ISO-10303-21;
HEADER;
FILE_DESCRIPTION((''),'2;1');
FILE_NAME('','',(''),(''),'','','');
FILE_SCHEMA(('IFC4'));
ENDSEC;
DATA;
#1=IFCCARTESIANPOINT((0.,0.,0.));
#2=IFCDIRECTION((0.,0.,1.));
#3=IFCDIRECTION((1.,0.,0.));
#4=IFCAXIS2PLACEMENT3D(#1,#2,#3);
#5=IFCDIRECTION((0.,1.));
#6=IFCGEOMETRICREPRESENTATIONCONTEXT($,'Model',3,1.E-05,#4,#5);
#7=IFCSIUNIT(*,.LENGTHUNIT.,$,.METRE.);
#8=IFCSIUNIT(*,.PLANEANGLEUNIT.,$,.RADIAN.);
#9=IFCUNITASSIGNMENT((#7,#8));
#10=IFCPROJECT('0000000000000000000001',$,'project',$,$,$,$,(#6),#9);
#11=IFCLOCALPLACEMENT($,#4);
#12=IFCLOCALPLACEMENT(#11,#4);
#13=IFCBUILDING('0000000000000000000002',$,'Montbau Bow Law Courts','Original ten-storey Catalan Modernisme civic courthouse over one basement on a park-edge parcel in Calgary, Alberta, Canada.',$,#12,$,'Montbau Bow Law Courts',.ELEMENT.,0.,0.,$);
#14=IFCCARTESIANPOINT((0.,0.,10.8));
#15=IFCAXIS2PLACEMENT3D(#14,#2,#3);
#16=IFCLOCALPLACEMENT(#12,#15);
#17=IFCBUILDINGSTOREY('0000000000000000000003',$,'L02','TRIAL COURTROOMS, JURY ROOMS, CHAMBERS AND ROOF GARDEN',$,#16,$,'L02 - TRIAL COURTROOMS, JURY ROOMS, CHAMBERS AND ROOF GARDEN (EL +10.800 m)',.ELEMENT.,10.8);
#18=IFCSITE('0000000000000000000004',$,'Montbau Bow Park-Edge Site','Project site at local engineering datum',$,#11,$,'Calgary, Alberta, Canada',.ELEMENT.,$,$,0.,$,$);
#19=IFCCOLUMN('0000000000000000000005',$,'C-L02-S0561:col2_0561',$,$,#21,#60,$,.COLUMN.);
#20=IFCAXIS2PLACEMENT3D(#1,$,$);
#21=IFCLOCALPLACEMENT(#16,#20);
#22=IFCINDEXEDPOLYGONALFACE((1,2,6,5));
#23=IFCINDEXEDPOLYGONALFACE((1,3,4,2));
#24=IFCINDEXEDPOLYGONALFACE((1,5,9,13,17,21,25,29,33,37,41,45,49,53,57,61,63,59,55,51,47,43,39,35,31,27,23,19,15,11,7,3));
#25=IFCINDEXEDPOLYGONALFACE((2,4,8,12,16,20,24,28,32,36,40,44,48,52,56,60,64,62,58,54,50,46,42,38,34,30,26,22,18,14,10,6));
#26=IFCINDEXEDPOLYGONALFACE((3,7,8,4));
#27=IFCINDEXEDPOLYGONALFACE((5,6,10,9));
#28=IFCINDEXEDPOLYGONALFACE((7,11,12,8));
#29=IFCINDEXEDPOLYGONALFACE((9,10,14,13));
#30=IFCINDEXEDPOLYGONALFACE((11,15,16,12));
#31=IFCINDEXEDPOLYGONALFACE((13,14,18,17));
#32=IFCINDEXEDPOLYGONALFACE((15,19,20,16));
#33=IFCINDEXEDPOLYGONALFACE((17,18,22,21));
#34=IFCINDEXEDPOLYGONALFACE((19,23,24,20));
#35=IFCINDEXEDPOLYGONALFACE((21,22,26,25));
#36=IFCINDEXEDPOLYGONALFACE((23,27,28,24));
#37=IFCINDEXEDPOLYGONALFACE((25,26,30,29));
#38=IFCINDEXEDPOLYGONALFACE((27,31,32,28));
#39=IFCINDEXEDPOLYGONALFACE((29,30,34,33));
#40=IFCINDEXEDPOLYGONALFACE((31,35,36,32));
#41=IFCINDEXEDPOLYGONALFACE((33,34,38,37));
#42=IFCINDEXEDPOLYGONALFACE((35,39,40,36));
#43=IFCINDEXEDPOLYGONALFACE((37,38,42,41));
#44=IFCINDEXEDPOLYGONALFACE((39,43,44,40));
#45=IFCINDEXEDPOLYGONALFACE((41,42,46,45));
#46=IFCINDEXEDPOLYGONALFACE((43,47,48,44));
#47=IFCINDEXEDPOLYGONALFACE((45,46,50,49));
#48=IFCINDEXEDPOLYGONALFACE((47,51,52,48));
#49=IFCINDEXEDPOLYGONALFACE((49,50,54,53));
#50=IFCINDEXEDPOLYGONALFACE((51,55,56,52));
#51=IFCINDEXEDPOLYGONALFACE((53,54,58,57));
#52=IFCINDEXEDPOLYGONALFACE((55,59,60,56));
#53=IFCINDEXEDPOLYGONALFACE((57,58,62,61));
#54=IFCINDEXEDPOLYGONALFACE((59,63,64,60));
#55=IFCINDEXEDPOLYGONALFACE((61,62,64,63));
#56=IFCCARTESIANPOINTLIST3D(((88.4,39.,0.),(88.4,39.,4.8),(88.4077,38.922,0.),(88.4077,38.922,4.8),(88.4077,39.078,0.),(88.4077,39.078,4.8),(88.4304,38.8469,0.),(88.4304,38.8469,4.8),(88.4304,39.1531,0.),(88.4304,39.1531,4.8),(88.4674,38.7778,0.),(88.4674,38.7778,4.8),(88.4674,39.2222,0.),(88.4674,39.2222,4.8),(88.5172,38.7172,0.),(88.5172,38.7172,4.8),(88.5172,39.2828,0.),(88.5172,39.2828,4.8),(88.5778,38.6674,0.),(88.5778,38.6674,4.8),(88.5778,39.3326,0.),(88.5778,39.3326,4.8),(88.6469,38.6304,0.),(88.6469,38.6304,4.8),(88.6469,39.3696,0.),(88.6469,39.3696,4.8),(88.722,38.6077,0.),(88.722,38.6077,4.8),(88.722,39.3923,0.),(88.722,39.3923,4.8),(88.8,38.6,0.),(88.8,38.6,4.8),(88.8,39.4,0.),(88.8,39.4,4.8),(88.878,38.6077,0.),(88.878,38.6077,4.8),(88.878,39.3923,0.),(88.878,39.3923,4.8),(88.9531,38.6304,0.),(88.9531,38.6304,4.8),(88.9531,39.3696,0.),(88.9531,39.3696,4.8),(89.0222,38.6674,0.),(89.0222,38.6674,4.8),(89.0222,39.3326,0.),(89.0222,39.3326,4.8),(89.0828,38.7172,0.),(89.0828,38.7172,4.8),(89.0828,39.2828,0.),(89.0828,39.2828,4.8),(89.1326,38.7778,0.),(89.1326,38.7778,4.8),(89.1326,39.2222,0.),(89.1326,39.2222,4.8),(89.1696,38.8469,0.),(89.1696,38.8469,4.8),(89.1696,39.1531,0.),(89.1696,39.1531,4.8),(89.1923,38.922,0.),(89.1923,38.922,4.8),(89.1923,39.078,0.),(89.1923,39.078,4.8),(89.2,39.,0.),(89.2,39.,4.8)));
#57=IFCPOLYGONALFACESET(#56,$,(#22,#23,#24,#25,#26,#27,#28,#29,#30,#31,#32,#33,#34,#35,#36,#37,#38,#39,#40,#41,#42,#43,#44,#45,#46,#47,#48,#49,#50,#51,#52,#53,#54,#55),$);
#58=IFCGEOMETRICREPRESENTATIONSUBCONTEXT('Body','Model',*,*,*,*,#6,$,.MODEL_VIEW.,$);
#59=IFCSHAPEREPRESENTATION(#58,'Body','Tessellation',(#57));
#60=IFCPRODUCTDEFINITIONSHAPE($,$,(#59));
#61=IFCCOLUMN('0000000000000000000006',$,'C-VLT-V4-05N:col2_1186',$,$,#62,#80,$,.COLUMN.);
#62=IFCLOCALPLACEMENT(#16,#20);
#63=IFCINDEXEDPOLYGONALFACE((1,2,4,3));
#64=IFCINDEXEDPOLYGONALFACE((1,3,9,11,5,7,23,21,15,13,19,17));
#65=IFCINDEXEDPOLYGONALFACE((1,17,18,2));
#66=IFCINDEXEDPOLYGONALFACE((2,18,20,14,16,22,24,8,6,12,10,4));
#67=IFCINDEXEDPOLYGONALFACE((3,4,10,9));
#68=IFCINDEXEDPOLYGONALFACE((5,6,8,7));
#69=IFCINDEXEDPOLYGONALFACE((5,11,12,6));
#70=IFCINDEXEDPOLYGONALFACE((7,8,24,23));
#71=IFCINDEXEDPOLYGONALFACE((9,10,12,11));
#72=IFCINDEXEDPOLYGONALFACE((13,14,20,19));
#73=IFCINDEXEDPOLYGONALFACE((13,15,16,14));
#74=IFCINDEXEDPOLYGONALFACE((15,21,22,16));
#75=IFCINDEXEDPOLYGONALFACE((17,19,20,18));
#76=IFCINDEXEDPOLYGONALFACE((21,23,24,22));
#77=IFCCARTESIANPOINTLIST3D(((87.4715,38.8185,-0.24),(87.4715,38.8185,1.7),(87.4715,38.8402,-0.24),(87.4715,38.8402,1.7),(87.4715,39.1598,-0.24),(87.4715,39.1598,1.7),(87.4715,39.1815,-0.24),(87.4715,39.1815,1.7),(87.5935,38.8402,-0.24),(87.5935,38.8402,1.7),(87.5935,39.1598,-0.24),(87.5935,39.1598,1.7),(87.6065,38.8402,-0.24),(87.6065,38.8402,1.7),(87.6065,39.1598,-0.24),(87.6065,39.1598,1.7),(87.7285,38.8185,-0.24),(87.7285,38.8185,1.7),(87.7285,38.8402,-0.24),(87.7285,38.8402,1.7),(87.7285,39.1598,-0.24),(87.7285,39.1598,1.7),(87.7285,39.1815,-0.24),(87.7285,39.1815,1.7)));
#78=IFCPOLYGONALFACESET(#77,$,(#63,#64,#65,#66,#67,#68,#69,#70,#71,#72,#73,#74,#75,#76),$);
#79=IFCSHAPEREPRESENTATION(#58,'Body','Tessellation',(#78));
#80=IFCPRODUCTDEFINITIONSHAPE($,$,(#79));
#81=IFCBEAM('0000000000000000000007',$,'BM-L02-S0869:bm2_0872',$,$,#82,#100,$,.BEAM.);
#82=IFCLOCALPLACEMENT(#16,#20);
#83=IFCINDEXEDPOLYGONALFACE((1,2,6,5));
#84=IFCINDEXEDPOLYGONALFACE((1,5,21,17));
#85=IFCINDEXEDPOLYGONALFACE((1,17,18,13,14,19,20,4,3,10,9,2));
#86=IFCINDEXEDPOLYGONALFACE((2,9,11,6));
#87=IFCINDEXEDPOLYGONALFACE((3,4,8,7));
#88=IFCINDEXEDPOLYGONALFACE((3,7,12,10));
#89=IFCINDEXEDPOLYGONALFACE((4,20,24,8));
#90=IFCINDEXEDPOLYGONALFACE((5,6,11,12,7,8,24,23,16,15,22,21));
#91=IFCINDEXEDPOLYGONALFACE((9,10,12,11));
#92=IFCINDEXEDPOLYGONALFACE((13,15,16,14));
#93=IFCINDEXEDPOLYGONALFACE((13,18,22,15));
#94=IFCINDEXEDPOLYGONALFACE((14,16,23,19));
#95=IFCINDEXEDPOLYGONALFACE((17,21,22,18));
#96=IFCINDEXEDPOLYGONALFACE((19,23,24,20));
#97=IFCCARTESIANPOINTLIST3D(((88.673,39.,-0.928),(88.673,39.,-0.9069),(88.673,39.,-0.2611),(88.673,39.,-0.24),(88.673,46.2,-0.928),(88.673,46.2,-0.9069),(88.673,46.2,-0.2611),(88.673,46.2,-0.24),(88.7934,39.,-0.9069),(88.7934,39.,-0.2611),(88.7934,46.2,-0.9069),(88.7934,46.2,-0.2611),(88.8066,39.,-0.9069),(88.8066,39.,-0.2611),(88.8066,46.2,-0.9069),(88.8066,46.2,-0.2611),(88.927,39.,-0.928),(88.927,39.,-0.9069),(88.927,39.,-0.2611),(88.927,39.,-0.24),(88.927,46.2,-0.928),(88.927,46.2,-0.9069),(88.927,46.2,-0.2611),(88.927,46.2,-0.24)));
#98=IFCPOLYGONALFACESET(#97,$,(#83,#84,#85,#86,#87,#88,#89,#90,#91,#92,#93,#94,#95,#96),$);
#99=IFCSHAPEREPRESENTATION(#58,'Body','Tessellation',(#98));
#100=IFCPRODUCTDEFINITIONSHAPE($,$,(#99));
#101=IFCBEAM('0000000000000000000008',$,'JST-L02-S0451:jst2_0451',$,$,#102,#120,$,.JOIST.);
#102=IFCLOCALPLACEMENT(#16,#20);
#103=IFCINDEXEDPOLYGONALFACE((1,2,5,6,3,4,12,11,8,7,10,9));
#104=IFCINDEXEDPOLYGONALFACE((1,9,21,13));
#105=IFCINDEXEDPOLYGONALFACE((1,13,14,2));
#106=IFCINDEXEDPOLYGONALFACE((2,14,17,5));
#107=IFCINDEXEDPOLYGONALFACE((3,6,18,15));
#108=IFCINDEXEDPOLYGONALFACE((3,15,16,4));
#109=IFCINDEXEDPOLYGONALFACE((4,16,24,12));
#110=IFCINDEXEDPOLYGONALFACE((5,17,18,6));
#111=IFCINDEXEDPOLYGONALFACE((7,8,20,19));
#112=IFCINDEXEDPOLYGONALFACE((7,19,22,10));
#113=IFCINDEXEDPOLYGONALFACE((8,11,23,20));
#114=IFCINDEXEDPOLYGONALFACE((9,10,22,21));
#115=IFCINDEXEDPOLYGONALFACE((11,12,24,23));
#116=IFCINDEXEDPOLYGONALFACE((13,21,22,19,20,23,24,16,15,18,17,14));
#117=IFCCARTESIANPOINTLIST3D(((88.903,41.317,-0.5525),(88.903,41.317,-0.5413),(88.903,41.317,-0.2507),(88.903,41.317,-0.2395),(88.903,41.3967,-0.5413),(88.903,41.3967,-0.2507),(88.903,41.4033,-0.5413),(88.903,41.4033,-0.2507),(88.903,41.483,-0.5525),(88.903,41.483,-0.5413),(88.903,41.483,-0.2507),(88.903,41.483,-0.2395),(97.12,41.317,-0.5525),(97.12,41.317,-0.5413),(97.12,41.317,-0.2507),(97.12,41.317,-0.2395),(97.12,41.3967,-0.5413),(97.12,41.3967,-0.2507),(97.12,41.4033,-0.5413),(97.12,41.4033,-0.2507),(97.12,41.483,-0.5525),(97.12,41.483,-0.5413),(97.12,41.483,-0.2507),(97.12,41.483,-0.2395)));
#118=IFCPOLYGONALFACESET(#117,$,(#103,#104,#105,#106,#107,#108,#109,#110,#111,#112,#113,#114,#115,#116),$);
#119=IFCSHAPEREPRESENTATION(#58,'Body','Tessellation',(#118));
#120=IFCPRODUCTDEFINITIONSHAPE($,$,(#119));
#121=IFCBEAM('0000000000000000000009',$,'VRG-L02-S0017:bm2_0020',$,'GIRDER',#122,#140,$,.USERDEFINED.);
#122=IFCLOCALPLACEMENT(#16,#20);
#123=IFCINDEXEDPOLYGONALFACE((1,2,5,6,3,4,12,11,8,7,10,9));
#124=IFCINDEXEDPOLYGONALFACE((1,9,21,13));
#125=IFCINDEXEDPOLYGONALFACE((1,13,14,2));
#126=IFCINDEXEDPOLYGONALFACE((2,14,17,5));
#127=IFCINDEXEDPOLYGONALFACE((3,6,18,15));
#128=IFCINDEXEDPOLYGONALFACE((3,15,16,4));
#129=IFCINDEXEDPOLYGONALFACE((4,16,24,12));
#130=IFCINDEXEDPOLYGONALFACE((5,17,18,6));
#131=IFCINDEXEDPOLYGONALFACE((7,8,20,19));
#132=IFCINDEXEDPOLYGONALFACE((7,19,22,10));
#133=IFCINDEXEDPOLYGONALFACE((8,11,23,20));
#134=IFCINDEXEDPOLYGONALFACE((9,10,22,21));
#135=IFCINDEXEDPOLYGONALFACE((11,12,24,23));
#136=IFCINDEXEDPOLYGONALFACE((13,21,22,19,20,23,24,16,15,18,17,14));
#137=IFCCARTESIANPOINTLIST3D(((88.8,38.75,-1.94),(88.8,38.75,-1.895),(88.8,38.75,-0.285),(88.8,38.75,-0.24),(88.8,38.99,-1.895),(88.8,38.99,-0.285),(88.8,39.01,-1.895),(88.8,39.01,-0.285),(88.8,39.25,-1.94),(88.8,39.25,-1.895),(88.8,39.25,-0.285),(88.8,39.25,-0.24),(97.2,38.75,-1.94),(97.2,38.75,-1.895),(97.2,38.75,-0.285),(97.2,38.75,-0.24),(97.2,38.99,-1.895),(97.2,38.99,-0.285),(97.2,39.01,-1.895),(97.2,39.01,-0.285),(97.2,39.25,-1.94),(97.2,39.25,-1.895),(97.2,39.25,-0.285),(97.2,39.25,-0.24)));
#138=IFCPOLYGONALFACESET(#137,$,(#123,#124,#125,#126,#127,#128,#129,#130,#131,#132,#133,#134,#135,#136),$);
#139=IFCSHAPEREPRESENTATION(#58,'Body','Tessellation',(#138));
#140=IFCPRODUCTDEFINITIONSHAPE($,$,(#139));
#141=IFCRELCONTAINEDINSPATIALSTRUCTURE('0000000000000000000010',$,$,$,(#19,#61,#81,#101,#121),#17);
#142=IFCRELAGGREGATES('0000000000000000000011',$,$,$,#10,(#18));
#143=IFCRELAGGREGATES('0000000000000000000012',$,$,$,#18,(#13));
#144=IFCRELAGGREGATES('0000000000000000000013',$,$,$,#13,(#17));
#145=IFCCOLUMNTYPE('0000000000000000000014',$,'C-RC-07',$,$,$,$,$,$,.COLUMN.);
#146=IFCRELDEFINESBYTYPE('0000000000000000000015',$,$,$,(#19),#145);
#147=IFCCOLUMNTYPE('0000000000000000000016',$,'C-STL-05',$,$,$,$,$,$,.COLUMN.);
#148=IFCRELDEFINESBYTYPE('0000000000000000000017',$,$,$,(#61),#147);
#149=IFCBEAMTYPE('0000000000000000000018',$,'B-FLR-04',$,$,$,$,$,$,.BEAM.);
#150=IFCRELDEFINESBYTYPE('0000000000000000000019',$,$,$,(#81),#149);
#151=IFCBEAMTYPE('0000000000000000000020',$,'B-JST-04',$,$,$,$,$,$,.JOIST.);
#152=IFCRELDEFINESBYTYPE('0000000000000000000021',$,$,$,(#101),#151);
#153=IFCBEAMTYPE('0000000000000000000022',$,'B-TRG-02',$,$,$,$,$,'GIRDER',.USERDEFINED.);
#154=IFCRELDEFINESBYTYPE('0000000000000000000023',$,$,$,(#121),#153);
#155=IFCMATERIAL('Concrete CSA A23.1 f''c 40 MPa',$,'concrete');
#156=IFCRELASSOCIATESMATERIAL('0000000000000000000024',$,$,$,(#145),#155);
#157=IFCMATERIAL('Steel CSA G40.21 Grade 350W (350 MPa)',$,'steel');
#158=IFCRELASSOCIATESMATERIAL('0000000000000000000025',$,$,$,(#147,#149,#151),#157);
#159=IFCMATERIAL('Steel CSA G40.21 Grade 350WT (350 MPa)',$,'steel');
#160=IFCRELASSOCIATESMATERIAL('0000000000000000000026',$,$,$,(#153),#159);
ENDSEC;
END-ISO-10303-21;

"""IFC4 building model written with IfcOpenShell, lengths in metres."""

from ifc_helpers import new_model, si_unit, direction, frame, origin_with_axes, origin_2d_with_axis, place, context, subcontext, project, spatial, circle, i_section, extrude, material, material_profile, profile_set, type_object, element, save


model = new_model("IFC4")

# Units and contexts
model_context = context("Model", 3, precision=1e-05, world=origin_with_axes(), true_north=direction((0.0, 1.0)))
body_context = subcontext(model_context, "Body", "Model", "MODEL_VIEW")
ifc_project = project(units=[si_unit("LENGTHUNIT", "METRE"), si_unit("PLANEANGLEUNIT", "RADIAN")], contexts=[model_context])

# Site, building, storey
site_placement = place(None, origin_with_axes())
site = spatial("IfcSite", under=ifc_project, at=site_placement, Name="Montbau Bow Park-Edge Site", Description="Project site at local engineering datum", LongName="Calgary, Alberta, Canada", CompositionType="ELEMENT", RefElevation=0.0)
building_placement = place(site_placement, origin_with_axes())
building = spatial("IfcBuilding", under=site, at=building_placement, Name="Montbau Bow Law Courts", Description="Original ten-storey Catalan Modernisme civic courthouse over one basement on a park-edge parcel in Calgary, Alberta, Canada.", LongName="Montbau Bow Law Courts", CompositionType="ELEMENT", ElevationOfRefHeight=0.0, ElevationOfTerrain=0.0)
storey_placement = place(building_placement, frame((0.0, 0.0, 10.8), z_axis=(0.0, 0.0, 1.0), x_axis=(1.0, 0.0, 0.0)))
storey = spatial("IfcBuildingStorey", under=building, at=storey_placement, Name="L02", Description="TRIAL COURTROOMS, JURY ROOMS, CHAMBERS AND ROOF GARDEN", LongName="L02 - TRIAL COURTROOMS, JURY ROOMS, CHAMBERS AND ROOF GARDEN (EL +10.800 m)", CompositionType="ELEMENT", Elevation=10.8)

# Columns
ifc_material_1 = material(Name="Concrete CSA A23.1 f'c 40 MPa", Category="concrete")
ifc_material_profile_1 = material_profile(ifc_material_1, circle(Radius=0.4, at=origin_2d_with_axis()), Name="RC800D", Category="Main", Priority=0)
ifc_profile_set_1 = profile_set([ifc_material_profile_1], Name="Concrete CSA A23.1 f'c 40 MPa")
column_type_1 = type_object("IfcColumnType", Name="C-RC-07", PredefinedType="COLUMN", material=ifc_profile_set_1)
column_1_placement = place(None, frame((88.8, 39.0, 10.8), z_axis=(0.0, 0.0, 1.0), x_axis=(1.0, 0.0, 0.0)))
element("IfcColumn", 1, at=column_1_placement, inside=storey, type_object=column_type_1, Name="C-L02-S0561:col2_0561", PredefinedType="COLUMN", context=body_context, shape_type="SweptSolid", body=[
    extrude(circle(Radius=0.4, at=origin_2d_with_axis()), origin_with_axes(), (0.0, 0.0, 1.0), 4.8),
])
ifc_material_2 = material(Name="Steel CSA G40.21 Grade 350W (350 MPa)", Category="steel")
ifc_material_profile_2 = material_profile(ifc_material_2, i_section(OverallWidth=0.257, OverallDepth=0.363, WebThickness=0.013, FlangeThickness=0.0217, at=origin_2d_with_axis()), Name="W360X122", Category="Main", Priority=0)
ifc_profile_set_2 = profile_set([ifc_material_profile_2], Name="Steel CSA G40.21 Grade 350W (350 MPa)")
column_type_2 = type_object("IfcColumnType", Name="C-STL-05", PredefinedType="COLUMN", material=ifc_profile_set_2)
column_2_placement = place(None, frame((87.6, 39.0, 10.56), z_axis=(0.0, 0.0, 1.0), x_axis=(1.0, 0.0, 0.0)))
element("IfcColumn", 2, at=column_2_placement, inside=storey, type_object=column_type_2, Name="C-VLT-V4-05N:col2_1186", PredefinedType="COLUMN", context=body_context, shape_type="SweptSolid", body=[
    extrude(i_section(OverallWidth=0.257, OverallDepth=0.363, WebThickness=0.013, FlangeThickness=0.0217, at=origin_2d_with_axis()), origin_with_axes(), (0.0, 0.0, 1.0), 1.94),
])

# Beams
ifc_material_profile_3 = material_profile(ifc_material_2, i_section(OverallWidth=0.254, OverallDepth=0.688, WebThickness=0.0131, FlangeThickness=0.0211, at=origin_2d_with_axis()), Name="W690X152", Category="Main", Priority=0)
ifc_profile_set_3 = profile_set([ifc_material_profile_3], Name="Steel CSA G40.21 Grade 350W (350 MPa)")
beam_type_1 = type_object("IfcBeamType", Name="B-FLR-04", PredefinedType="BEAM", material=ifc_profile_set_3)
beam_1_placement = place(None, frame((88.8, 39.0, 10.216), z_axis=(0.0, 1.0, 0.0), x_axis=(-1.0, 0.0, 0.0)))
element("IfcBeam", 3, at=beam_1_placement, inside=storey, type_object=beam_type_1, Name="BM-L02-S0869:bm2_0872", PredefinedType="BEAM", context=body_context, shape_type="SweptSolid", body=[
    extrude(i_section(OverallWidth=0.254, OverallDepth=0.688, WebThickness=0.0131, FlangeThickness=0.0211, at=origin_2d_with_axis()), origin_with_axes(), (0.0, 0.0, 1.0), 7.2),
])
ifc_material_profile_4 = material_profile(ifc_material_2, i_section(OverallWidth=0.166, OverallDepth=0.313, WebThickness=0.0066, FlangeThickness=0.0112, at=origin_2d_with_axis()), Name="W310X45", Category="Main", Priority=0)
ifc_profile_set_4 = profile_set([ifc_material_profile_4], Name="Steel CSA G40.21 Grade 350W (350 MPa)")
beam_type_2 = type_object("IfcBeamType", Name="B-JST-04", PredefinedType="JOIST", material=ifc_profile_set_4)
beam_2_placement = place(None, frame((88.903, 41.4, 10.404), z_axis=(1.0, 0.0, 0.0), x_axis=(0.0, 1.0, 0.0)))
element("IfcBeam", 4, at=beam_2_placement, inside=storey, type_object=beam_type_2, Name="JST-L02-S0451:jst2_0451", PredefinedType="JOIST", context=body_context, shape_type="SweptSolid", body=[
    extrude(i_section(OverallWidth=0.166, OverallDepth=0.313, WebThickness=0.0066, FlangeThickness=0.0112, at=origin_2d_with_axis()), origin_with_axes(), (0.0, 0.0, 1.0), 8.217),
])
ifc_material_3 = material(Name="Steel CSA G40.21 Grade 350WT (350 MPa)", Category="steel")
ifc_material_profile_5 = material_profile(ifc_material_3, i_section(OverallWidth=0.5, OverallDepth=1.7, WebThickness=0.02, FlangeThickness=0.045, at=origin_2d_with_axis()), Name="WWF1700X480", Category="Main", Priority=0)
ifc_profile_set_5 = profile_set([ifc_material_profile_5], Name="Steel CSA G40.21 Grade 350WT (350 MPa)")
beam_type_3 = type_object("IfcBeamType", Name="B-TRG-02", ElementType="GIRDER", PredefinedType="USERDEFINED", material=ifc_profile_set_5)
beam_3_placement = place(None, frame((88.8, 39.0, 9.71), z_axis=(1.0, 0.0, 0.0), x_axis=(0.0, 1.0, 0.0)))
element("IfcBeam", 5, at=beam_3_placement, inside=storey, type_object=beam_type_3, Name="VRG-L02-S0017:bm2_0020", ObjectType="GIRDER", PredefinedType="USERDEFINED", context=body_context, shape_type="SweptSolid", body=[
    extrude(i_section(OverallWidth=0.5, OverallDepth=1.7, WebThickness=0.02, FlangeThickness=0.045, at=origin_2d_with_axis()), origin_with_axes(), (0.0, 0.0, 1.0), 8.4),
])

save(model, "model.ifc")
